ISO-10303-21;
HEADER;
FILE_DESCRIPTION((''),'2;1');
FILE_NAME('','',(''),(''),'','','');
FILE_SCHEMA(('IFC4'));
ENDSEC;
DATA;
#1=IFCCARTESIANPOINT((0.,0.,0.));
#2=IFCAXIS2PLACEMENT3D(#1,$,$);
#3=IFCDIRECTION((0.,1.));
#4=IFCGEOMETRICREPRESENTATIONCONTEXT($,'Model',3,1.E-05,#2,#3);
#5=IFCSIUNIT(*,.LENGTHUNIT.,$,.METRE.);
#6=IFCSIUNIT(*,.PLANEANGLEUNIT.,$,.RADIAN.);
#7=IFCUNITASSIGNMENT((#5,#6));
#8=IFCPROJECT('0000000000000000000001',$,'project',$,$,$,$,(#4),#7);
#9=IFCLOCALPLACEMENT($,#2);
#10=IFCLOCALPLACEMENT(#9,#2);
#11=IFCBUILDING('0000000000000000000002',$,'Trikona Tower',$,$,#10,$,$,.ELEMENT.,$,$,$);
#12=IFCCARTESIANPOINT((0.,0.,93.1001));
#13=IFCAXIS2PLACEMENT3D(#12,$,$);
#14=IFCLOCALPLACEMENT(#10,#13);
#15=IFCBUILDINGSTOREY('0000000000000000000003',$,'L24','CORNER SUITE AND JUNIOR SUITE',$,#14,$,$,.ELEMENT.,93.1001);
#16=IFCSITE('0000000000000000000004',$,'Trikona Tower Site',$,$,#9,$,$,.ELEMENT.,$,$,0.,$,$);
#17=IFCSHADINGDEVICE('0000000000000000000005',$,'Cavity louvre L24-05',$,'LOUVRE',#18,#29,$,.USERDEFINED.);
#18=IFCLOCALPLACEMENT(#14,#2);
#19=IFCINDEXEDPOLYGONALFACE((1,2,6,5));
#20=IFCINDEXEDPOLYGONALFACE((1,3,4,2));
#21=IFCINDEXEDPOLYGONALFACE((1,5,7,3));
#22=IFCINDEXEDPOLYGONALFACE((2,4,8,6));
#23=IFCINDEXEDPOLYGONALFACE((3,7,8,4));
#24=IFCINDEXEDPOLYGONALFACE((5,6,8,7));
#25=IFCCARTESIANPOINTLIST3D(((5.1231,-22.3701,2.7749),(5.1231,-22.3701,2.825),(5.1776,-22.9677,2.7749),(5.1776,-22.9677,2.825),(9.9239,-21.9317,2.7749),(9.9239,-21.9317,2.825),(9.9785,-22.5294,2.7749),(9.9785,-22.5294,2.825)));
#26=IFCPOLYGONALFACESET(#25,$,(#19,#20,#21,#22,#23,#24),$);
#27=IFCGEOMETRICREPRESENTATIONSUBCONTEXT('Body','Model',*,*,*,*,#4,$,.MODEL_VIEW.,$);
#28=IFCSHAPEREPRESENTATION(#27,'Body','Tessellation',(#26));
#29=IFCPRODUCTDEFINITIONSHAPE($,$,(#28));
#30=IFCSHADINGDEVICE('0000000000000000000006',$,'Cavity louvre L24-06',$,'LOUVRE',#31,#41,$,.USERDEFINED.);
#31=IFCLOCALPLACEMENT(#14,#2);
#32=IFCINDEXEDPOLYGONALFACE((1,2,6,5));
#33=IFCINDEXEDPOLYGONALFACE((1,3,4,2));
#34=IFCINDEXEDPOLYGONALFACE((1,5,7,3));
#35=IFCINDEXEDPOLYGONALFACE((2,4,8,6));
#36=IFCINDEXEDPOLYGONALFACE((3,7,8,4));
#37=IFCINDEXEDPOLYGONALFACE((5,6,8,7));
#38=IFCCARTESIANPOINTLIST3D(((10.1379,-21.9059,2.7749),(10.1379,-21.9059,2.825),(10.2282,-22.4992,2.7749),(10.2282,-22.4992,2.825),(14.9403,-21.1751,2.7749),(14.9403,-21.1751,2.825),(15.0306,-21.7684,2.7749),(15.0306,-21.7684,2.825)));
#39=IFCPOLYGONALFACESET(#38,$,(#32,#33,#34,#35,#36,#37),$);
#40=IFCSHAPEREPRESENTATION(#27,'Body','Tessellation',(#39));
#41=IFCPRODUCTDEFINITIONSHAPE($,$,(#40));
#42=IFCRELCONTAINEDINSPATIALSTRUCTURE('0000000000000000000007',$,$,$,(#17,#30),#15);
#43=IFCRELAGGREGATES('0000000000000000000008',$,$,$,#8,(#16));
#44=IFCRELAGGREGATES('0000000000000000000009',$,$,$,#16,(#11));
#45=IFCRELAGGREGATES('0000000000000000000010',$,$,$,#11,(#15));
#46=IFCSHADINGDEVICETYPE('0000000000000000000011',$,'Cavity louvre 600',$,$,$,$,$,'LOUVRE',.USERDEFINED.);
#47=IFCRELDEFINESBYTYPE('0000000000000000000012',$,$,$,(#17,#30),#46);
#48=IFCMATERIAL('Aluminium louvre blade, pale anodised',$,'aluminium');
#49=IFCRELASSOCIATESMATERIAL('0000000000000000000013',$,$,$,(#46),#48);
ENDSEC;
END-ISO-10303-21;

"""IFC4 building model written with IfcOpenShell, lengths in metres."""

from ifc_helpers import new_model, si_unit, direction, frame, origin, origin_2d, place, context, subcontext, project, spatial, rectangle, extrude, material, type_object, element, save


model = new_model("IFC4")

# Units and contexts
model_context = context("Model", 3, precision=1e-05, world=origin(), true_north=direction((0.0, 1.0)))
body_context = subcontext(model_context, "Body", "Model", "MODEL_VIEW")
ifc_project = project(units=[si_unit("LENGTHUNIT", "METRE"), si_unit("PLANEANGLEUNIT", "RADIAN")], contexts=[model_context])

# Site, building, storey
site_placement = place(None, origin())
site = spatial("IfcSite", under=ifc_project, at=site_placement, Name="Trikona Tower Site", CompositionType="ELEMENT", RefElevation=0.0)
building_placement = place(site_placement, origin())
building = spatial("IfcBuilding", under=site, at=building_placement, Name="Trikona Tower", CompositionType="ELEMENT")
storey_placement = place(building_placement, frame((0.0, 0.0, 93.1001)))
storey = spatial("IfcBuildingStorey", under=building, at=storey_placement, Name="L24", Description="CORNER SUITE AND JUNIOR SUITE", CompositionType="ELEMENT", Elevation=93.1001)

# Shading devices
ifc_material_1 = material(Name="Aluminium louvre blade, pale anodised", Category="aluminium")
shading_device_type = type_object("IfcShadingDeviceType", Name="Cavity louvre 600", ElementType="LOUVRE", PredefinedType="USERDEFINED", material=ifc_material_1)
shading_device_1_placement = place(storey_placement, frame((7.5508, -22.4497, 2.7749), z_axis=(0.0, 0.0, 1.0), x_axis=(0.995858, 0.090921, 0.0)))
element("IfcShadingDevice", 1, at=shading_device_1_placement, inside=storey, type_object=shading_device_type, Name="Cavity louvre L24-05", ObjectType="LOUVRE", PredefinedType="USERDEFINED", context=body_context, shape_type="SweptSolid", body=[
    extrude(rectangle(XDim=4.8208, YDim=0.6001, at=origin_2d()), origin(), (0.0, 0.0, 1.0), 0.05),
])
shading_device_2_placement = place(storey_placement, frame((12.5842, -21.8372, 2.7749), z_axis=(0.0, 0.0, 1.0), x_axis=(0.988618, 0.150448, 0.0)))
element("IfcShadingDevice", 2, at=shading_device_2_placement, inside=storey, type_object=shading_device_type, Name="Cavity louvre L24-06", ObjectType="LOUVRE", PredefinedType="USERDEFINED", context=body_context, shape_type="SweptSolid", body=[
    extrude(rectangle(XDim=4.8577, YDim=0.6001, at=origin_2d()), origin(), (0.0, 0.0, 1.0), 0.05),
])

save(model, "model.ifc")
